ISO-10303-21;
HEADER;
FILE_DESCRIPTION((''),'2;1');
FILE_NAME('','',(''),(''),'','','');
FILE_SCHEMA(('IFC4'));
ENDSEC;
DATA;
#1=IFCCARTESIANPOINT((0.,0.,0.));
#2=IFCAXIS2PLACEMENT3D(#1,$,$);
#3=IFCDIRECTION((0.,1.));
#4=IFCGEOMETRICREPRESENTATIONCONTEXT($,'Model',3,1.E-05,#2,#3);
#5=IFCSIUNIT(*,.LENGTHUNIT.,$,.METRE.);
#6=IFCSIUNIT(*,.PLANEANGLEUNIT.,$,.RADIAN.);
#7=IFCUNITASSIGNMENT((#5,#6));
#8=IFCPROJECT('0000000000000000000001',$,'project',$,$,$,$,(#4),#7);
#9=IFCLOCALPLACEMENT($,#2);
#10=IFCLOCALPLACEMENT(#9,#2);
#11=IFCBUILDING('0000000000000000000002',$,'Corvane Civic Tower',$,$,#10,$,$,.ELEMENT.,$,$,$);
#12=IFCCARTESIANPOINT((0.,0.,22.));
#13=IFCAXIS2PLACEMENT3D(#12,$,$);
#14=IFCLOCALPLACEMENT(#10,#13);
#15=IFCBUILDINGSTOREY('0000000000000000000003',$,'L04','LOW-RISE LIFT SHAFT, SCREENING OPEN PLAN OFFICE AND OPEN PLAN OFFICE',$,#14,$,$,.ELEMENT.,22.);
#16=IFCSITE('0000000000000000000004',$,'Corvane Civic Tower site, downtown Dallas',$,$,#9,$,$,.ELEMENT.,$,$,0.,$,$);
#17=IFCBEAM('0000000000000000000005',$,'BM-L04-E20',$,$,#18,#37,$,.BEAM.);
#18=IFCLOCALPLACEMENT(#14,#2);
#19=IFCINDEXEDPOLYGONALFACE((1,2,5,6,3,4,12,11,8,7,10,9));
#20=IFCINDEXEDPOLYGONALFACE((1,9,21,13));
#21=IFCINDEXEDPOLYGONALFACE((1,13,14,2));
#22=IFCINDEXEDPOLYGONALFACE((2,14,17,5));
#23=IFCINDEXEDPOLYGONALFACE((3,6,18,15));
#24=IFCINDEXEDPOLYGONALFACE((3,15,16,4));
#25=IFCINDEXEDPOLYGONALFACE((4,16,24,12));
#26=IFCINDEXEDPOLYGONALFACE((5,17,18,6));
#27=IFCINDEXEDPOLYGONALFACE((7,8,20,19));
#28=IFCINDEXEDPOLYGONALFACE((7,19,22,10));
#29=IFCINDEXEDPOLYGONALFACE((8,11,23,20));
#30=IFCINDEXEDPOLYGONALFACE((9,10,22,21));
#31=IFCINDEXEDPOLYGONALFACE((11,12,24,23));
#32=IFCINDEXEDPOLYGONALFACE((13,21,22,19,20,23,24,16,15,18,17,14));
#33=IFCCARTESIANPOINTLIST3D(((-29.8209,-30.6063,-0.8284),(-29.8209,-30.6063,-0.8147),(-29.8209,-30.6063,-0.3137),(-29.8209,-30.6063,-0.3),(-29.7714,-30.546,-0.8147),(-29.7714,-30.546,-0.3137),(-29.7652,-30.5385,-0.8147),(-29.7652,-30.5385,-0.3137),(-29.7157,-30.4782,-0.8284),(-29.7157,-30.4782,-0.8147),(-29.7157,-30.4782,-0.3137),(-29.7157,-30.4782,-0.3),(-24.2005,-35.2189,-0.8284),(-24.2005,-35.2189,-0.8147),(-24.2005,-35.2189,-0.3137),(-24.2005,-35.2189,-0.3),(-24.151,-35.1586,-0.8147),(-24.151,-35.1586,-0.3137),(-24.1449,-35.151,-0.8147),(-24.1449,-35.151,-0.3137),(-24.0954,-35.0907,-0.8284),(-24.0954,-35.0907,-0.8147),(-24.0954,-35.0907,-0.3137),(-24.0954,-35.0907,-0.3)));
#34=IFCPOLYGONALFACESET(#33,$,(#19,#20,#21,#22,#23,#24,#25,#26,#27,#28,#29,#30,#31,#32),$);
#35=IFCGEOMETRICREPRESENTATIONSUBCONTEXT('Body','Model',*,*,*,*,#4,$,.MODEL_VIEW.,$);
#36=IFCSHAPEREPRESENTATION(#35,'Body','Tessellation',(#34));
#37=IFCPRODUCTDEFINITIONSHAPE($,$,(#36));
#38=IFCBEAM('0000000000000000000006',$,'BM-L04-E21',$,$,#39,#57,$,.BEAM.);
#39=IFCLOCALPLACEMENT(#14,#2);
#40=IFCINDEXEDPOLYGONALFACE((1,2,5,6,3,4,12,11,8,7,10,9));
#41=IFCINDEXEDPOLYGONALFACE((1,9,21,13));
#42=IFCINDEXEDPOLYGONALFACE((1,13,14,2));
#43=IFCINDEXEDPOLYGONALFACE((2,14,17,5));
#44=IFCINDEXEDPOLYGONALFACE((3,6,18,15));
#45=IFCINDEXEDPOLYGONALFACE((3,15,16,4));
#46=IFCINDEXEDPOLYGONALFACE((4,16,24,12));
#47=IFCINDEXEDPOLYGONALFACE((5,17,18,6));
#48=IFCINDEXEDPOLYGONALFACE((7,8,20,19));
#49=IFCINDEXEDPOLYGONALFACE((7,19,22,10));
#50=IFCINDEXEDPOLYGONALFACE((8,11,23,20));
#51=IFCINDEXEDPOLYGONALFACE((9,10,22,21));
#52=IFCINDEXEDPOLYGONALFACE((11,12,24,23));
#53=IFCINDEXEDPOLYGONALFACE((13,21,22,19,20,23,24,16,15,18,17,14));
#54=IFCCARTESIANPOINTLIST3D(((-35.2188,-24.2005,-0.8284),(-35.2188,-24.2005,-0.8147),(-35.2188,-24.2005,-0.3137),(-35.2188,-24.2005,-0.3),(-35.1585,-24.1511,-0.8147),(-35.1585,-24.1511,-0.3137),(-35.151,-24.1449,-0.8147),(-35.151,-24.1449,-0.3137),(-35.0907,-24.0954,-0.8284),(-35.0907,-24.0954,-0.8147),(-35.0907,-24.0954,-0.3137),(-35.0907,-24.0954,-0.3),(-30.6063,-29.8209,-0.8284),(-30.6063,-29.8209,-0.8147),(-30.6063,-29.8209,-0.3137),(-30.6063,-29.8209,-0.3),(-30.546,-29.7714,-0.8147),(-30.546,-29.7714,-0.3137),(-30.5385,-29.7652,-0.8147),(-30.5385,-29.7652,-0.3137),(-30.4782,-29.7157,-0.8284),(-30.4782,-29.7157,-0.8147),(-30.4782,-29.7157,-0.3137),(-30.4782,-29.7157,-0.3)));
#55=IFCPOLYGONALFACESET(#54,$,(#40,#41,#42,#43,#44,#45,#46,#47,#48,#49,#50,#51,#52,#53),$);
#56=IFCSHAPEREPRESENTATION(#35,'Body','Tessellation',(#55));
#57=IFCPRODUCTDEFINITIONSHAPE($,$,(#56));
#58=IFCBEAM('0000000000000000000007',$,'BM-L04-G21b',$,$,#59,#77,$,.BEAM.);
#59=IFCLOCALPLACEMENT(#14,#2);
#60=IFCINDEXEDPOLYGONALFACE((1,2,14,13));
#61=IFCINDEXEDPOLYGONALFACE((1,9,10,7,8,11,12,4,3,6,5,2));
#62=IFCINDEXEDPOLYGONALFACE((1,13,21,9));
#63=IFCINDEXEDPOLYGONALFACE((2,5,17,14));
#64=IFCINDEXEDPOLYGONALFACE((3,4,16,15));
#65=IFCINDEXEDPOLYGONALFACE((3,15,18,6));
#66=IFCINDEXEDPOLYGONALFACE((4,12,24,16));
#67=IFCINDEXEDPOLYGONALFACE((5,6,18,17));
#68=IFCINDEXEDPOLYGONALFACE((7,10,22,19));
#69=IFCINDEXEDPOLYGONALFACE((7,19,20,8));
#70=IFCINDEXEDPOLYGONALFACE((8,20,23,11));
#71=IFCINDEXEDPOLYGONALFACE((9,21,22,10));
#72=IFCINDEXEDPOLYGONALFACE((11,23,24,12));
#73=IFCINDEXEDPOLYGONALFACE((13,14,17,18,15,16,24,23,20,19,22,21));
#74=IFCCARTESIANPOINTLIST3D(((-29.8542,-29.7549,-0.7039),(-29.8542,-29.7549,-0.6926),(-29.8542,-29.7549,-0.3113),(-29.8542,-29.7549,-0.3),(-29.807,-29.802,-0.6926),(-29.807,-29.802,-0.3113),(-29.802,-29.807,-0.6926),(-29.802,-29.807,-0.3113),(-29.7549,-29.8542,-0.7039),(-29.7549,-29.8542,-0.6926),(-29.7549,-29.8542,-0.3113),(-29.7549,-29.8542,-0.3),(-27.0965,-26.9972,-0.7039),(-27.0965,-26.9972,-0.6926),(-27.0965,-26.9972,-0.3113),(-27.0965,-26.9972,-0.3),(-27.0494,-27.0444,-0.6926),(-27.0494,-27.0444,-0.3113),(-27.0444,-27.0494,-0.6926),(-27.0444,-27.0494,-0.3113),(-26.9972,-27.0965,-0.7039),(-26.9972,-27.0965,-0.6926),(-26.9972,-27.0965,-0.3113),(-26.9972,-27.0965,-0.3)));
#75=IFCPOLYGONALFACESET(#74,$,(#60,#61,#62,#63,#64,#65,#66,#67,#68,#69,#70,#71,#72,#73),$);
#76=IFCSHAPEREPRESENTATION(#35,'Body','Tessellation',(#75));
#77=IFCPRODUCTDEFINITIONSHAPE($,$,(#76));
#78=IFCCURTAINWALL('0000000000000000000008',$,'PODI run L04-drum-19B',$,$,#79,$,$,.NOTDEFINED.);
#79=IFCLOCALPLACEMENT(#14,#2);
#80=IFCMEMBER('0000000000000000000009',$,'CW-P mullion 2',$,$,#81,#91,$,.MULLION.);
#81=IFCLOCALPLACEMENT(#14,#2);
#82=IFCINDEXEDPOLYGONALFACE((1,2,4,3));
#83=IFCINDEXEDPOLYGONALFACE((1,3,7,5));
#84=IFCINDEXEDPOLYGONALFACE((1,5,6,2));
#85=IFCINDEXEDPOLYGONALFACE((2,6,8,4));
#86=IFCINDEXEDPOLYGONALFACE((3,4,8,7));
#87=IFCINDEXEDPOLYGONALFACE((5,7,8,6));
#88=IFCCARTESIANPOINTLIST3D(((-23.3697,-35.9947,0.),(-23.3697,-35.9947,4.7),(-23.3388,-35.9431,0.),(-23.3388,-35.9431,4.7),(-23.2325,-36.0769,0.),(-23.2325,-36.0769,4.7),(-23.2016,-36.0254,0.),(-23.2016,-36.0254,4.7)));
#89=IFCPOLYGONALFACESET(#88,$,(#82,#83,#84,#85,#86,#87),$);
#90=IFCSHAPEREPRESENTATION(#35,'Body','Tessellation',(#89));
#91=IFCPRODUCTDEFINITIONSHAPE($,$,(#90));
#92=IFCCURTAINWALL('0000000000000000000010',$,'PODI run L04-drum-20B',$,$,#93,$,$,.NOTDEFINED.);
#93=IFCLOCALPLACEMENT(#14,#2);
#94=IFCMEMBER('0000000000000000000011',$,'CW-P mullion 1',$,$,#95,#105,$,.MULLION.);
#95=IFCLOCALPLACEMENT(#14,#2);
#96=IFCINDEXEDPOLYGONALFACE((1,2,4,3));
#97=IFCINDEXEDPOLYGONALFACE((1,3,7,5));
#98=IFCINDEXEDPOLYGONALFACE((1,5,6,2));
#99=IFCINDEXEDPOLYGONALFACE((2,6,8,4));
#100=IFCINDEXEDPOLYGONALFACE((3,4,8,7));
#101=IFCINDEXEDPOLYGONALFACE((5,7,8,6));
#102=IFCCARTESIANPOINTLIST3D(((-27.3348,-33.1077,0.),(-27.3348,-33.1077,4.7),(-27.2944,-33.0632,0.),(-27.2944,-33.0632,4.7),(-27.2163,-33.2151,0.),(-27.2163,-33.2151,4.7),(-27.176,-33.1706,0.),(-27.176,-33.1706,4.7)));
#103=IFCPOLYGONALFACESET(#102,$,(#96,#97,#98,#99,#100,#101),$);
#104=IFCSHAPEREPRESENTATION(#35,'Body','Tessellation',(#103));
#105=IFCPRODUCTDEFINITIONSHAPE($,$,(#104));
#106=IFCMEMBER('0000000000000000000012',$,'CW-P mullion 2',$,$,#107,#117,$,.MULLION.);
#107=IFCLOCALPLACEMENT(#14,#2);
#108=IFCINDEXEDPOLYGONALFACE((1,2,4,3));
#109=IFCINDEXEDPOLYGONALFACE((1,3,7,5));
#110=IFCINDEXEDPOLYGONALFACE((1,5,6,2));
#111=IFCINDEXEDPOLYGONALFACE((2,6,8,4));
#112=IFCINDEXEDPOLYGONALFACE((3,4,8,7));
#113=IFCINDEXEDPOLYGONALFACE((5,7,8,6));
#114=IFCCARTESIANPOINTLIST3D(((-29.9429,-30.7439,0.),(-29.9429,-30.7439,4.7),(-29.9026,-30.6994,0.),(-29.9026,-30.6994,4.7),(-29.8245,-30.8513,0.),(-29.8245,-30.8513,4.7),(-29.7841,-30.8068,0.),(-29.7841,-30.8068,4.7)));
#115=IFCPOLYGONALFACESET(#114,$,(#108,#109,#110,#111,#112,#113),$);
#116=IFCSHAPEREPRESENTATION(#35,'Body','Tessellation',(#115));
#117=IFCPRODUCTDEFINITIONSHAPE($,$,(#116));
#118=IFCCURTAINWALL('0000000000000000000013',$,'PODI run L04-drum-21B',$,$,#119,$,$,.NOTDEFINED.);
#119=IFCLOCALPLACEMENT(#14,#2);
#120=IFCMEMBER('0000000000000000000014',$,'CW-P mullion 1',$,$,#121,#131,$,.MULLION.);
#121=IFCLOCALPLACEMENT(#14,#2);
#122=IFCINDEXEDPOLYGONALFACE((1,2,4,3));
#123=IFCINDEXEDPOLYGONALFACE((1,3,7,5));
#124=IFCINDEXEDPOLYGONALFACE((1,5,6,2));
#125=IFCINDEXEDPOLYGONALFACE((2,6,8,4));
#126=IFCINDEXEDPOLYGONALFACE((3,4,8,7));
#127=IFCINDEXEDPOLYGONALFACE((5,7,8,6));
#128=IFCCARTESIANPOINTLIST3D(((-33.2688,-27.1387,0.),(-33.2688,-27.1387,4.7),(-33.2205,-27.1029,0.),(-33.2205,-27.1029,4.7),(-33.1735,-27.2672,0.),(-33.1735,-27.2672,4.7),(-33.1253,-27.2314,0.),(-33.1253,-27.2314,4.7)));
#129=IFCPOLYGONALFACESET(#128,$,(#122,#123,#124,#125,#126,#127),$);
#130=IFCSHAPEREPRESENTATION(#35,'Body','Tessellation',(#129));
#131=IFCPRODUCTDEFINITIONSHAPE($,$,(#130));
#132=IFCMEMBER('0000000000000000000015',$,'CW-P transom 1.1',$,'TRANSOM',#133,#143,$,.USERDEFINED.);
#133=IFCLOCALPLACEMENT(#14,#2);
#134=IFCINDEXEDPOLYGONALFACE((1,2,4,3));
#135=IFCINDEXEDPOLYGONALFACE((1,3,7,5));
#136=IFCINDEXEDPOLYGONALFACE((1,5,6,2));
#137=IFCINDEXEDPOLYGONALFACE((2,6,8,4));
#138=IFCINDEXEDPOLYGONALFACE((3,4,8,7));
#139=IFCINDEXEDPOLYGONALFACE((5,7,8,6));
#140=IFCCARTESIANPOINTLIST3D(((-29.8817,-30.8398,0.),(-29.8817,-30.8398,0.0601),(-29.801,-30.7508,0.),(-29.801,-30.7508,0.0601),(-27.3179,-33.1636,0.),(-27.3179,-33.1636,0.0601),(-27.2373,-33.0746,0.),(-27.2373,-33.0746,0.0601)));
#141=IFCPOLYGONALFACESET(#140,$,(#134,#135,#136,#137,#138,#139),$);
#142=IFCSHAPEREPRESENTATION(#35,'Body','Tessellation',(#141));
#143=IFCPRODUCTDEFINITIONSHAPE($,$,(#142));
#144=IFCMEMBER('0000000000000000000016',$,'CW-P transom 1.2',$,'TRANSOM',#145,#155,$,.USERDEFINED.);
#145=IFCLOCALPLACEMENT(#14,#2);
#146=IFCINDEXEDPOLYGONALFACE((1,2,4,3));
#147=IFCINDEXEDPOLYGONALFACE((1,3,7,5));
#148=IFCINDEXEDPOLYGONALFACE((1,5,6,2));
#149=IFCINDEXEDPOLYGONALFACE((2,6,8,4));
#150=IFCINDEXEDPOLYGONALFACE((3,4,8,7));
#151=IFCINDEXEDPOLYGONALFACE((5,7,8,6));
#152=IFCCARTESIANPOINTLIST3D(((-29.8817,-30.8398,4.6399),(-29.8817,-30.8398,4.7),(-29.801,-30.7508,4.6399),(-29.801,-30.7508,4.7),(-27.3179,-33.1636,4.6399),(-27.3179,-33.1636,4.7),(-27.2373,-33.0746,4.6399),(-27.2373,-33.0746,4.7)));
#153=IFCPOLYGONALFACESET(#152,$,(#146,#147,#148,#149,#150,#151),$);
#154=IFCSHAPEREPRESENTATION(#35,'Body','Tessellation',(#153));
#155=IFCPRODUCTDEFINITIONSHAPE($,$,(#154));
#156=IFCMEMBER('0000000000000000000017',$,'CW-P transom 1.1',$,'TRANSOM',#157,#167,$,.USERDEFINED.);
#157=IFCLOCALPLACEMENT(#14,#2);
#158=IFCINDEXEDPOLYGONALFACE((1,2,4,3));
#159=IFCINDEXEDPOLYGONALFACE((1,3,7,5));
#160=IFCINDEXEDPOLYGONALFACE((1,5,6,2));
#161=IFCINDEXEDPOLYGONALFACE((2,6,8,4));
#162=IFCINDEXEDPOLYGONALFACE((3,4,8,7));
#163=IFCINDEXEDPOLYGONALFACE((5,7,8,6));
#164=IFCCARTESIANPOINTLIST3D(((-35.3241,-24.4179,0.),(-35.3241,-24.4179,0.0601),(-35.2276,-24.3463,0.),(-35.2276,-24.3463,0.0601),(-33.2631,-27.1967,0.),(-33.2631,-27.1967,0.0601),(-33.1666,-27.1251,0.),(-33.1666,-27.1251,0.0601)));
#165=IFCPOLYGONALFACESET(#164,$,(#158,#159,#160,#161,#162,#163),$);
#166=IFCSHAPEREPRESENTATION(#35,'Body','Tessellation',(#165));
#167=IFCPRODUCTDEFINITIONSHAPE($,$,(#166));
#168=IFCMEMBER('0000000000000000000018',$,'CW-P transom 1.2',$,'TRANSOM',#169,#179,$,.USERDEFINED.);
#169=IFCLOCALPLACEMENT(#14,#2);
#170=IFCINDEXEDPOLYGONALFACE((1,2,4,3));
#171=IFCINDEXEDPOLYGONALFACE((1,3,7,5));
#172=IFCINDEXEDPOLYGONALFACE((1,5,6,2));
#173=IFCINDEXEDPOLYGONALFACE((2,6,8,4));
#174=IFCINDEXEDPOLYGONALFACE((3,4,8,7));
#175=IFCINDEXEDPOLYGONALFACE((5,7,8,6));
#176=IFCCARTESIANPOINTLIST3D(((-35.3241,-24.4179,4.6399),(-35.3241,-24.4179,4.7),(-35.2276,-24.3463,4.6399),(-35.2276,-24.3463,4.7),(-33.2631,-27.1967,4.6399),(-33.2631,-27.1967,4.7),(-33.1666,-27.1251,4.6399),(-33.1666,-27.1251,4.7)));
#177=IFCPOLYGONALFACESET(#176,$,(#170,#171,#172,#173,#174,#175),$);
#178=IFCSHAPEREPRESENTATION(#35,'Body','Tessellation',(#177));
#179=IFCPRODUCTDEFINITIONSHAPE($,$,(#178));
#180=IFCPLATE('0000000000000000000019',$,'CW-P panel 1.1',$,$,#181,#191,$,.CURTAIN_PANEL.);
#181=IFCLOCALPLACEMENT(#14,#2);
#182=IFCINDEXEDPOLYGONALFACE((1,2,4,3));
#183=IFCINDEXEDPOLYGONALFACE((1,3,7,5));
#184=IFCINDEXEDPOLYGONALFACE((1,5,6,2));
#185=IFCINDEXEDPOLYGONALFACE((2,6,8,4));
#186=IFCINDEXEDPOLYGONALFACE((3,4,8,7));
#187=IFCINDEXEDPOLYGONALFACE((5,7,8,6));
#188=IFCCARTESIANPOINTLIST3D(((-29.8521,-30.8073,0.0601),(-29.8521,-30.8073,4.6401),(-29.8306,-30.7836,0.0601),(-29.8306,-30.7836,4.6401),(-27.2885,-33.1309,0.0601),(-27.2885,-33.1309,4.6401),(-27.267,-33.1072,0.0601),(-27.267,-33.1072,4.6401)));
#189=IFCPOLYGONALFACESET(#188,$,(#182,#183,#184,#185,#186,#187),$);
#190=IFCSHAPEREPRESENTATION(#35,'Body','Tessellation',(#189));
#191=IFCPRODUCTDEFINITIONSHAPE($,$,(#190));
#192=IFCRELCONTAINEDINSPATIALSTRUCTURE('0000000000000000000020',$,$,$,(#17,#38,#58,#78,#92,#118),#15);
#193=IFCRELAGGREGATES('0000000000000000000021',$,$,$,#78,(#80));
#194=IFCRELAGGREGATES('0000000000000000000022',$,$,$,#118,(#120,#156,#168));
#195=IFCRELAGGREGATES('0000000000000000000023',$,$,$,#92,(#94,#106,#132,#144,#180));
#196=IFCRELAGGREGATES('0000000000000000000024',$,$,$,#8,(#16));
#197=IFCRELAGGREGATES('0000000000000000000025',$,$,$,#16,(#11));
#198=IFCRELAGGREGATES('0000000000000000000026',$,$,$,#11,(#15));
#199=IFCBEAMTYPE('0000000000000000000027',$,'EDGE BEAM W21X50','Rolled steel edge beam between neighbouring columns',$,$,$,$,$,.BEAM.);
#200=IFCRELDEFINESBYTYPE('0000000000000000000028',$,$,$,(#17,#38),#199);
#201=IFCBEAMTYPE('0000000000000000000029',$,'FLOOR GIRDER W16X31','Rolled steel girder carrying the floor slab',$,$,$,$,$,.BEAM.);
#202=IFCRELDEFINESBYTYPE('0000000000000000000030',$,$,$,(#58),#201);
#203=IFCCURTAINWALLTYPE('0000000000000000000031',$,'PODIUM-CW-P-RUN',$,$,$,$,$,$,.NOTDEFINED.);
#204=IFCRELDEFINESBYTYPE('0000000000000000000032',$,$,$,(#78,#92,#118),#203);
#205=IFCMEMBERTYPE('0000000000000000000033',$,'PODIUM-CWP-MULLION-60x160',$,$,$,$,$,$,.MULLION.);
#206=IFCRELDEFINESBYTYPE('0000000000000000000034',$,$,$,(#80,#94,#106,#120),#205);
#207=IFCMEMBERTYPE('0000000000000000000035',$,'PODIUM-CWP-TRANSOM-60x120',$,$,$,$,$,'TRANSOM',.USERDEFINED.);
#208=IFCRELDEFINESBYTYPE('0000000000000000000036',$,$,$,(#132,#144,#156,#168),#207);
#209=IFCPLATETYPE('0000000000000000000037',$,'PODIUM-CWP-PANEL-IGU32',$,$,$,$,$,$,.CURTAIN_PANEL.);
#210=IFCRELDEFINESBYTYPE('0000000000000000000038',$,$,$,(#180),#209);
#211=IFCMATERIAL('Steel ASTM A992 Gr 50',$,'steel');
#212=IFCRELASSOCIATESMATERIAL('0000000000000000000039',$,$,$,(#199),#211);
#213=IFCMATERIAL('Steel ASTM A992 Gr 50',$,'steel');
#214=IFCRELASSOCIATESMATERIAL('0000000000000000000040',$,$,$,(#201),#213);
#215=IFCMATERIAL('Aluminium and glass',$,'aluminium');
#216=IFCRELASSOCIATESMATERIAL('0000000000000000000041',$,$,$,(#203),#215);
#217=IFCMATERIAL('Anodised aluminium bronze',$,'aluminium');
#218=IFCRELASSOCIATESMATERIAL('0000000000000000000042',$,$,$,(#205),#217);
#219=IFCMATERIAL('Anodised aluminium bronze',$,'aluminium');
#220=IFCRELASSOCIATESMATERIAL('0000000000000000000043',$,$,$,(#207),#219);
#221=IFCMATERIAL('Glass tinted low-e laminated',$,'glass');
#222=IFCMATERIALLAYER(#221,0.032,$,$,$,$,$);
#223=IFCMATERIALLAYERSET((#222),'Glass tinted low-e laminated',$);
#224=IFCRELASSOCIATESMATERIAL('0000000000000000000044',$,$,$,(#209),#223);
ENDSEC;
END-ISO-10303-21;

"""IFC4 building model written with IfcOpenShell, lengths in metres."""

from ifc_helpers import new_model, si_unit, direction, frame, origin, origin_2d, place, context, subcontext, project, spatial, rectangle, i_section, extrude, material, layer, layer_set, material_profile, profile_set, type_object, element, aggregate, save


model = new_model("IFC4")

# Units and contexts
model_context = context("Model", 3, precision=1e-05, world=origin(), true_north=direction((0.0, 1.0)))
body_context = subcontext(model_context, "Body", "Model", "MODEL_VIEW")
ifc_project = project(units=[si_unit("LENGTHUNIT", "METRE"), si_unit("PLANEANGLEUNIT", "RADIAN")], contexts=[model_context])

# Site, building, storey
site_placement = place(None, origin())
site = spatial("IfcSite", under=ifc_project, at=site_placement, Name="Corvane Civic Tower site, downtown Dallas", CompositionType="ELEMENT", RefElevation=0.0)
building_placement = place(site_placement, origin())
building = spatial("IfcBuilding", under=site, at=building_placement, Name="Corvane Civic Tower", CompositionType="ELEMENT")
storey_placement = place(building_placement, frame((0.0, 0.0, 22.0)))
storey = spatial("IfcBuildingStorey", under=building, at=storey_placement, Name="L04", Description="LOW-RISE LIFT SHAFT, SCREENING OPEN PLAN OFFICE AND OPEN PLAN OFFICE", CompositionType="ELEMENT", Elevation=22.0)

# Beams
ifc_material_1 = material(Name="Steel ASTM A992 Gr 50", Category="steel")
ifc_material_profile_1 = material_profile(ifc_material_1, i_section(OverallWidth=0.1658, OverallDepth=0.5283, WebThickness=0.0098, FlangeThickness=0.0137, at=origin_2d()), Name="W21X50")
ifc_profile_set_1 = profile_set([ifc_material_profile_1], Name="Steel ASTM A992 Gr 50")
beam_type_1 = type_object("IfcBeamType", Name="EDGE BEAM W21X50", Description="Rolled steel edge beam between neighbouring columns", PredefinedType="BEAM", material=ifc_profile_set_1)
for number, where, z_axis, x_axis, name in (
    (1, (-24.1479, -35.1548, -0.5642), (-0.773008, 0.634396, 0.0), (-0.634396, -0.773008, 0.0), "BM-L04-E20"),
    (2, (-30.5422, -29.7683, -0.5642), (-0.634396, 0.773008, 0.0), (-0.773008, -0.634396, 0.0), "BM-L04-E21"),
):
    element("IfcBeam", number, at=place(storey_placement, frame(where, z_axis=z_axis, x_axis=x_axis)), inside=storey, type_object=beam_type_1, Name=name, PredefinedType="BEAM", context=body_context, shape_type="SweptSolid", body=[
        extrude(i_section(OverallWidth=0.1658, OverallDepth=0.5283, WebThickness=0.0098, FlangeThickness=0.0137, at=origin_2d()), origin(), (0.0, 0.0, 1.0), 7.2708),
    ])
ifc_material_2 = material(Name="Steel ASTM A992 Gr 50", Category="steel")
ifc_material_profile_2 = material_profile(ifc_material_2, i_section(OverallWidth=0.1404, OverallDepth=0.4038, WebThickness=0.0071, FlangeThickness=0.0112, at=origin_2d()), Name="W16X31")
ifc_profile_set_2 = profile_set([ifc_material_profile_2], Name="Steel ASTM A992 Gr 50")
beam_type_2 = type_object("IfcBeamType", Name="FLOOR GIRDER W16X31", Description="Rolled steel girder carrying the floor slab", PredefinedType="BEAM", material=ifc_profile_set_2)
beam_placement = place(storey_placement, frame((-27.0469, -27.0469, -0.502), z_axis=(-0.707107, -0.707107, 0.0), x_axis=(0.707107, -0.707107, 0.0)))
element("IfcBeam", 3, at=beam_placement, inside=storey, type_object=beam_type_2, Name="BM-L04-G21b", PredefinedType="BEAM", context=body_context, shape_type="SweptSolid", body=[
    extrude(i_section(OverallWidth=0.1404, OverallDepth=0.4038, WebThickness=0.0071, FlangeThickness=0.0112, at=origin_2d()), origin(), (0.0, 0.0, 1.0), 3.8999),
])

# Curtain wall, member
ifc_material_3 = material(Name="Aluminium and glass", Category="aluminium")
curtain_wall_type = type_object("IfcCurtainWallType", Name="PODIUM-CW-P-RUN", PredefinedType="NOTDEFINED", material=ifc_material_3)
curtain_wall_1_placement = place(storey_placement, origin())
curtain_wall_1 = element("IfcCurtainWall", 4, at=curtain_wall_1_placement, inside=storey, type_object=curtain_wall_type, Name="PODI run L04-drum-19B", PredefinedType="NOTDEFINED")
ifc_material_4 = material(Name="Anodised aluminium bronze", Category="aluminium")
ifc_material_profile_3 = material_profile(ifc_material_4, rectangle(XDim=0.0601, YDim=0.1599, at=origin_2d()), Name="AL 60x160")
ifc_profile_set_3 = profile_set([ifc_material_profile_3], Name="Anodised aluminium bronze")
member_type_1 = type_object("IfcMemberType", Name="PODIUM-CWP-MULLION-60x160", PredefinedType="MULLION", material=ifc_profile_set_3)
member_1_placement = place(storey_placement, frame((-23.2856, -36.01, 0.0), z_axis=(0.0, 0.0, 1.0), x_axis=(-0.514118, -0.85772, 0.0)))
member_1 = element("IfcMember", 5, at=member_1_placement, type_object=member_type_1, Name="CW-P mullion 2", PredefinedType="MULLION", context=body_context, shape_type="SweptSolid", body=[
    extrude(rectangle(XDim=0.0601, YDim=0.1599, at=origin_2d()), origin(), (0.0, 0.0, 1.0), 4.7),
])
aggregate(curtain_wall_1, [member_1])

# Curtain wall, members
curtain_wall_2_placement = place(storey_placement, origin())
curtain_wall_2 = element("IfcCurtainWall", 6, at=curtain_wall_2_placement, inside=storey, type_object=curtain_wall_type, Name="PODI run L04-drum-20B", PredefinedType="NOTDEFINED")
member_2_placement = place(storey_placement, frame((-27.2554, -33.1392, 0.0), z_axis=(0.0, 0.0, 1.0), x_axis=(-0.671576, -0.740935, 0.0)))
member_2 = element("IfcMember", 7, at=member_2_placement, type_object=member_type_1, Name="CW-P mullion 1", PredefinedType="MULLION", context=body_context, shape_type="SweptSolid", body=[
    extrude(rectangle(XDim=0.0601, YDim=0.1599, at=origin_2d()), origin(), (0.0, 0.0, 1.0), 4.7),
])
member_3_placement = place(storey_placement, frame((-29.8635, -30.7754, 0.0), z_axis=(0.0, 0.0, 1.0), x_axis=(-0.671576, -0.740935, 0.0)))
member_3 = element("IfcMember", 8, at=member_3_placement, type_object=member_type_1, Name="CW-P mullion 2", PredefinedType="MULLION", context=body_context, shape_type="SweptSolid", body=[
    extrude(rectangle(XDim=0.0601, YDim=0.1599, at=origin_2d()), origin(), (0.0, 0.0, 1.0), 4.7),
])

# Curtain wall, member
curtain_wall_3_placement = place(storey_placement, origin())
curtain_wall_3 = element("IfcCurtainWall", 9, at=curtain_wall_3_placement, inside=storey, type_object=curtain_wall_type, Name="PODI run L04-drum-21B", PredefinedType="NOTDEFINED")
member_4_placement = place(storey_placement, frame((-33.197, -27.1851, 0.0), z_axis=(0.0, 0.0, 1.0), x_axis=(-0.803203, -0.595705, 0.0)))
member_4 = element("IfcMember", 10, at=member_4_placement, type_object=member_type_1, Name="CW-P mullion 1", PredefinedType="MULLION", context=body_context, shape_type="SweptSolid", body=[
    extrude(rectangle(XDim=0.0601, YDim=0.1599, at=origin_2d()), origin(), (0.0, 0.0, 1.0), 4.7),
])

# Members
ifc_material_5 = material(Name="Anodised aluminium bronze", Category="aluminium")
ifc_material_profile_4 = material_profile(ifc_material_5, rectangle(XDim=0.1201, YDim=0.0601, at=origin_2d()), Name="AL 120x60")
ifc_profile_set_4 = profile_set([ifc_material_profile_4], Name="Anodised aluminium bronze")
member_type_2 = type_object("IfcMemberType", Name="PODIUM-CWP-TRANSOM-60x120", ElementType="TRANSOM", PredefinedType="USERDEFINED", material=ifc_profile_set_4)
member_5_placement = place(storey_placement, frame((-27.2776, -33.1191, 0.03), z_axis=(-0.740935, 0.671576, 0.0), x_axis=(-0.671576, -0.740935, 0.0)))
member_5 = element("IfcMember", 11, at=member_5_placement, type_object=member_type_2, Name="CW-P transom 1.1", ObjectType="TRANSOM", PredefinedType="USERDEFINED", context=body_context, shape_type="SweptSolid", body=[
    extrude(rectangle(XDim=0.1201, YDim=0.0601, at=origin_2d()), origin(), (0.0, 0.0, 1.0), 3.4602),
])
member_6_placement = place(storey_placement, frame((-27.2776, -33.1191, 4.6699), z_axis=(-0.740935, 0.671576, 0.0), x_axis=(-0.671576, -0.740935, 0.0)))
member_6 = element("IfcMember", 12, at=member_6_placement, type_object=member_type_2, Name="CW-P transom 1.2", ObjectType="TRANSOM", PredefinedType="USERDEFINED", context=body_context, shape_type="SweptSolid", body=[
    extrude(rectangle(XDim=0.1201, YDim=0.0601, at=origin_2d()), origin(), (0.0, 0.0, 1.0), 3.4602),
])
member_7_placement = place(storey_placement, frame((-33.2148, -27.1609, 0.03), z_axis=(-0.595724, 0.80319, 0.0), x_axis=(-0.80319, -0.595724, 0.0)))
member_7 = element("IfcMember", 13, at=member_7_placement, type_object=member_type_2, Name="CW-P transom 1.1", ObjectType="TRANSOM", PredefinedType="USERDEFINED", context=body_context, shape_type="SweptSolid", body=[
    extrude(rectangle(XDim=0.1201, YDim=0.0601, at=origin_2d()), origin(), (0.0, 0.0, 1.0), 3.4597),
])
member_8_placement = place(storey_placement, frame((-33.2148, -27.1609, 4.6699), z_axis=(-0.595724, 0.80319, 0.0), x_axis=(-0.80319, -0.595724, 0.0)))
member_8 = element("IfcMember", 14, at=member_8_placement, type_object=member_type_2, Name="CW-P transom 1.2", ObjectType="TRANSOM", PredefinedType="USERDEFINED", context=body_context, shape_type="SweptSolid", body=[
    extrude(rectangle(XDim=0.1201, YDim=0.0601, at=origin_2d()), origin(), (0.0, 0.0, 1.0), 3.4597),
])
aggregate(curtain_wall_3, [member_4, member_7, member_8])

# Plate
ifc_material_6 = material(Name="Glass tinted low-e laminated", Category="glass")
ifc_layer_1 = layer(ifc_material_6, 0.032)
ifc_layer_set_1 = layer_set([ifc_layer_1], Name="Glass tinted low-e laminated")
plate_type = type_object("IfcPlateType", Name="PODIUM-CWP-PANEL-IGU32", PredefinedType="CURTAIN_PANEL", material=ifc_layer_set_1)
plate_placement = place(storey_placement, frame((-28.5596, -31.9573, 0.0601), z_axis=(0.0, 0.0, 1.0), x_axis=(-0.740935, 0.671576, 0.0)))
plate = element("IfcPlate", 15, at=plate_placement, type_object=plate_type, Name="CW-P panel 1.1", PredefinedType="CURTAIN_PANEL", context=body_context, shape_type="SweptSolid", body=[
    extrude(rectangle(XDim=3.46, YDim=0.032, at=origin_2d()), origin(), (0.0, 0.0, 1.0), 4.5801),
])
aggregate(curtain_wall_2, [member_2, member_3, member_5, member_6, plate])

save(model, "model.ifc")
